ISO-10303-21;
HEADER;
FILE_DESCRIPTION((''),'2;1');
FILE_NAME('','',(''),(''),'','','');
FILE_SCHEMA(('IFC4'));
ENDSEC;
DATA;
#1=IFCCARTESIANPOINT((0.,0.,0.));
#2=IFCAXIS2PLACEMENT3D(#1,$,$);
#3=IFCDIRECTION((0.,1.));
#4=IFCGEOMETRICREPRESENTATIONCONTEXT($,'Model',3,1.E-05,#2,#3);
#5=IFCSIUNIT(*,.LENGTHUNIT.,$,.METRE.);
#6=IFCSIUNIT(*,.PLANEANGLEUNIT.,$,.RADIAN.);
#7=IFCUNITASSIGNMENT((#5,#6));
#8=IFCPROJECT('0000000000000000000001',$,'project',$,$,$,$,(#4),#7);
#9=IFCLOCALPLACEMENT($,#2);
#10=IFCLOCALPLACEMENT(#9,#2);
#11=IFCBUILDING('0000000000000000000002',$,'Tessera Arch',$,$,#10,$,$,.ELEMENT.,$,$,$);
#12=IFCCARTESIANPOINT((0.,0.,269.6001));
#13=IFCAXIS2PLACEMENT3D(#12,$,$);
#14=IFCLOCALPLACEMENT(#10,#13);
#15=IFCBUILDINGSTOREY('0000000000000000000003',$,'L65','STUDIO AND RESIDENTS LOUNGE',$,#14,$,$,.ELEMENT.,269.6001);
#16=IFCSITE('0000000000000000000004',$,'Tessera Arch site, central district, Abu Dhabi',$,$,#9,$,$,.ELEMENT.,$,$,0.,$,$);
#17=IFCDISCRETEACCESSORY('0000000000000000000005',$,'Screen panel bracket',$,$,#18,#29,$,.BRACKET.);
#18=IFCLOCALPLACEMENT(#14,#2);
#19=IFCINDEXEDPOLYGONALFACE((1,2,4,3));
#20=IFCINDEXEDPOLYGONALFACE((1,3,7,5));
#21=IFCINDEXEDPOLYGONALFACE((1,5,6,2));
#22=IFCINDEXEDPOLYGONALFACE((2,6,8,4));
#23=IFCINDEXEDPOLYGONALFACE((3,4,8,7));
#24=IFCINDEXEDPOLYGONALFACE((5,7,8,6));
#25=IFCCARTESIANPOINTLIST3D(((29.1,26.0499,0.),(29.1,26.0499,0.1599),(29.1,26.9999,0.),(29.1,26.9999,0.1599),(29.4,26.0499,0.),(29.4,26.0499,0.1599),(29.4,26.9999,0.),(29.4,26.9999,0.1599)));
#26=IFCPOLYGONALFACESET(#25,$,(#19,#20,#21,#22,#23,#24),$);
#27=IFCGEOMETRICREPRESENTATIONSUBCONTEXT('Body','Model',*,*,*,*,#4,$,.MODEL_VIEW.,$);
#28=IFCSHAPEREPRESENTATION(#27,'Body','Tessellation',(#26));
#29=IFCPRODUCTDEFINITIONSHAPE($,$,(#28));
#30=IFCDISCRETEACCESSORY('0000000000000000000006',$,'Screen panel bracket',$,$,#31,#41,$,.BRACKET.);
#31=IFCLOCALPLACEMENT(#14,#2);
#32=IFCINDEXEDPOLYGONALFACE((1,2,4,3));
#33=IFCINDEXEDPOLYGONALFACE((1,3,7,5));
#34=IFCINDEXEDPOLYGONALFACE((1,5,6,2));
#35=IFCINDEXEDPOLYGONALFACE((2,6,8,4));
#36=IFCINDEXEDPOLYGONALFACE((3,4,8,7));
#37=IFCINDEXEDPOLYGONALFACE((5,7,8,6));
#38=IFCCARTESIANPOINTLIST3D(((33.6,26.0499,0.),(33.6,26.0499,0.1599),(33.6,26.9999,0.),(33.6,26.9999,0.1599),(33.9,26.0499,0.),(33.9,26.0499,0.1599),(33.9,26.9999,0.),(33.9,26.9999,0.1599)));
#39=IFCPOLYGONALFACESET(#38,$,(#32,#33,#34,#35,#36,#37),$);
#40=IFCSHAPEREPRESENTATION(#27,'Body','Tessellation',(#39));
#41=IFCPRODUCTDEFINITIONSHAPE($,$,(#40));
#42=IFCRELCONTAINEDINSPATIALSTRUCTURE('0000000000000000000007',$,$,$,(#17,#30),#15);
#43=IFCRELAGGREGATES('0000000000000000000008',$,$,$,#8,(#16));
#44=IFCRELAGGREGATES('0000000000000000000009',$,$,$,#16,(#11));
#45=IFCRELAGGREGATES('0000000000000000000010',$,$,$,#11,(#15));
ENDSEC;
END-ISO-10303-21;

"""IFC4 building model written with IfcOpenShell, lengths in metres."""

from ifc_helpers import new_model, si_unit, direction, frame, origin, origin_2d, place, context, subcontext, project, spatial, rectangle, extrude, element, save


model = new_model("IFC4")

# Units and contexts
model_context = context("Model", 3, precision=1e-05, world=origin(), true_north=direction((0.0, 1.0)))
body_context = subcontext(model_context, "Body", "Model", "MODEL_VIEW")
ifc_project = project(units=[si_unit("LENGTHUNIT", "METRE"), si_unit("PLANEANGLEUNIT", "RADIAN")], contexts=[model_context])

# Site, building, storey
site_placement = place(None, origin())
site = spatial("IfcSite", under=ifc_project, at=site_placement, Name="Tessera Arch site, central district, Abu Dhabi", CompositionType="ELEMENT", RefElevation=0.0)
building_placement = place(site_placement, origin())
building = spatial("IfcBuilding", under=site, at=building_placement, Name="Tessera Arch", CompositionType="ELEMENT")
storey_placement = place(building_placement, frame((0.0, 0.0, 269.6001)))
storey = spatial("IfcBuildingStorey", under=building, at=storey_placement, Name="L65", Description="STUDIO AND RESIDENTS LOUNGE", CompositionType="ELEMENT", Elevation=269.6001)

# Discrete accessories
for number, where, z_axis, x_axis, name in (
    (1, (29.25, 26.5249, 0.0), (0.0, 0.0, 1.0), (0.0, -1.0, 0.0), "Screen panel bracket"),
    (2, (33.75, 26.5249, 0.0), (0.0, 0.0, 1.0), (0.0, -1.0, 0.0), "Screen panel bracket"),
):
    element("IfcDiscreteAccessory", number, at=place(storey_placement, frame(where, z_axis=z_axis, x_axis=x_axis)), inside=storey, Name=name, PredefinedType="BRACKET", context=body_context, shape_type="SweptSolid", body=[
        extrude(rectangle(XDim=0.95, YDim=0.3, at=origin_2d()), origin(), (0.0, 0.0, 1.0), 0.1599),
    ])

save(model, "model.ifc")
